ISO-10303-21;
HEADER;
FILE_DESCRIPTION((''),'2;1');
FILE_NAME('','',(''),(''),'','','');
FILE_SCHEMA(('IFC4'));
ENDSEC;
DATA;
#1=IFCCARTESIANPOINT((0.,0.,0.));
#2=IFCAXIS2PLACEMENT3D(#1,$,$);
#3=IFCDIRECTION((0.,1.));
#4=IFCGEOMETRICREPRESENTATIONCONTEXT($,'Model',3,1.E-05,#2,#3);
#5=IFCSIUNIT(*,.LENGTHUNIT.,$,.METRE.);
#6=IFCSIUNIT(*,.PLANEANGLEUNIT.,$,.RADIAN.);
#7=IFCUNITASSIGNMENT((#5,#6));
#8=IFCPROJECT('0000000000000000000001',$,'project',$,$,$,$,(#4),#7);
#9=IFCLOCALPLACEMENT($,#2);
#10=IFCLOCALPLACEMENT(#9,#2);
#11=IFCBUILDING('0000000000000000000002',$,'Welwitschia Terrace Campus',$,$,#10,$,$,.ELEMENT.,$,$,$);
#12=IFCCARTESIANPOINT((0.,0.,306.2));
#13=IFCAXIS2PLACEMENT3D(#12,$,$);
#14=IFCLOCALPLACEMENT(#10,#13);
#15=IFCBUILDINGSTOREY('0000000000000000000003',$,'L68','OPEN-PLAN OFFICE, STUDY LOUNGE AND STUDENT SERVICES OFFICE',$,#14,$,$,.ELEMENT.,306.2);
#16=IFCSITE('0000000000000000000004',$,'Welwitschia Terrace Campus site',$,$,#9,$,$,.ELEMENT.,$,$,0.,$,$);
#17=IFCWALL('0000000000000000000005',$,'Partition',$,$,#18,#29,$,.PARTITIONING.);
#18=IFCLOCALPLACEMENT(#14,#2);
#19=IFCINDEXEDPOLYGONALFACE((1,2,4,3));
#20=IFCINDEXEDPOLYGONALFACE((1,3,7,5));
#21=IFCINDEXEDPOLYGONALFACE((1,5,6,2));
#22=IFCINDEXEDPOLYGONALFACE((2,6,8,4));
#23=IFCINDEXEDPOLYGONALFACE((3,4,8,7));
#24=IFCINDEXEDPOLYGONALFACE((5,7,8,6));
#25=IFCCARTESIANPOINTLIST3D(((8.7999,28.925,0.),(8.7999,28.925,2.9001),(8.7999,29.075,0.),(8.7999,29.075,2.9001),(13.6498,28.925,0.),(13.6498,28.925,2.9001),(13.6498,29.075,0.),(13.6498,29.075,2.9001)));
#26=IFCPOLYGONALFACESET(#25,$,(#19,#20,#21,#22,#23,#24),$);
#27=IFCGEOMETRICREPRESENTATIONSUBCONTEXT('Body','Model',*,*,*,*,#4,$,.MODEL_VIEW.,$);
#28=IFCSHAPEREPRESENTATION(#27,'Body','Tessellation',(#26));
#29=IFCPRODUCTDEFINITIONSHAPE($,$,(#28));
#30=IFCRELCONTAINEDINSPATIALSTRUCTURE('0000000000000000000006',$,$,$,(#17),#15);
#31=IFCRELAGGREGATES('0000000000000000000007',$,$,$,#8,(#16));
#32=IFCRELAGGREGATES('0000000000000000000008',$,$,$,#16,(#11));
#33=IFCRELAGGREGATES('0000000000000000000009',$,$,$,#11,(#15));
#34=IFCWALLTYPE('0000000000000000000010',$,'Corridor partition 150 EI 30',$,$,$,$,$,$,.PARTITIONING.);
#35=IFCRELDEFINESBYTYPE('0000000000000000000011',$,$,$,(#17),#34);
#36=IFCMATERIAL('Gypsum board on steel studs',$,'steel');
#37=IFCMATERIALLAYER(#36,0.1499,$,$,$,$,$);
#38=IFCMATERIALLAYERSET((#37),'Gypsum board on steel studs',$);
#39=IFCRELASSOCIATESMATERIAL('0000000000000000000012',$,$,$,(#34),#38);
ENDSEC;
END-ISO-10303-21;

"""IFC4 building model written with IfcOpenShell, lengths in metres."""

from ifc_helpers import new_model, si_unit, direction, frame, frame_2d, origin, place, context, subcontext, project, spatial, rectangle, extrude, material, layer, layer_set, type_object, element, save


model = new_model("IFC4")

# Units and contexts
model_context = context("Model", 3, precision=1e-05, world=origin(), true_north=direction((0.0, 1.0)))
body_context = subcontext(model_context, "Body", "Model", "MODEL_VIEW")
ifc_project = project(units=[si_unit("LENGTHUNIT", "METRE"), si_unit("PLANEANGLEUNIT", "RADIAN")], contexts=[model_context])

# Site, building, storey
site_placement = place(None, origin())
site = spatial("IfcSite", under=ifc_project, at=site_placement, Name="Welwitschia Terrace Campus site", CompositionType="ELEMENT", RefElevation=0.0)
building_placement = place(site_placement, origin())
building = spatial("IfcBuilding", under=site, at=building_placement, Name="Welwitschia Terrace Campus", CompositionType="ELEMENT")
storey_placement = place(building_placement, frame((0.0, 0.0, 306.2)))
storey = spatial("IfcBuildingStorey", under=building, at=storey_placement, Name="L68", Description="OPEN-PLAN OFFICE, STUDY LOUNGE AND STUDENT SERVICES OFFICE", CompositionType="ELEMENT", Elevation=306.2)

# Shared definitions
ifc_material_1 = material(Name="Gypsum board on steel studs", Category="steel")
ifc_layer_1 = layer(ifc_material_1, 0.1499)
ifc_layer_set_1 = layer_set([ifc_layer_1], Name="Gypsum board on steel studs")
wall_type_1 = type_object("IfcWallType", Name="Corridor partition 150 EI 30", PredefinedType="PARTITIONING", material=ifc_layer_set_1)

# Wall
wall_1_placement = place(storey_placement, frame((8.8, 29.0, 0.0), z_axis=(0.0, 0.0, 1.0), x_axis=(1.0, 0.0, 0.0)))
element("IfcWall", 1, at=wall_1_placement, inside=storey, type_object=wall_type_1, Name="Partition", PredefinedType="PARTITIONING", context=body_context, shape_type="SweptSolid", body=[
    extrude(rectangle(XDim=4.8499, YDim=0.1499, at=frame_2d((2.4248, 0.0))), origin(), (0.0, 0.0, 1.0), 2.9001),
])

save(model, "model.ifc")
